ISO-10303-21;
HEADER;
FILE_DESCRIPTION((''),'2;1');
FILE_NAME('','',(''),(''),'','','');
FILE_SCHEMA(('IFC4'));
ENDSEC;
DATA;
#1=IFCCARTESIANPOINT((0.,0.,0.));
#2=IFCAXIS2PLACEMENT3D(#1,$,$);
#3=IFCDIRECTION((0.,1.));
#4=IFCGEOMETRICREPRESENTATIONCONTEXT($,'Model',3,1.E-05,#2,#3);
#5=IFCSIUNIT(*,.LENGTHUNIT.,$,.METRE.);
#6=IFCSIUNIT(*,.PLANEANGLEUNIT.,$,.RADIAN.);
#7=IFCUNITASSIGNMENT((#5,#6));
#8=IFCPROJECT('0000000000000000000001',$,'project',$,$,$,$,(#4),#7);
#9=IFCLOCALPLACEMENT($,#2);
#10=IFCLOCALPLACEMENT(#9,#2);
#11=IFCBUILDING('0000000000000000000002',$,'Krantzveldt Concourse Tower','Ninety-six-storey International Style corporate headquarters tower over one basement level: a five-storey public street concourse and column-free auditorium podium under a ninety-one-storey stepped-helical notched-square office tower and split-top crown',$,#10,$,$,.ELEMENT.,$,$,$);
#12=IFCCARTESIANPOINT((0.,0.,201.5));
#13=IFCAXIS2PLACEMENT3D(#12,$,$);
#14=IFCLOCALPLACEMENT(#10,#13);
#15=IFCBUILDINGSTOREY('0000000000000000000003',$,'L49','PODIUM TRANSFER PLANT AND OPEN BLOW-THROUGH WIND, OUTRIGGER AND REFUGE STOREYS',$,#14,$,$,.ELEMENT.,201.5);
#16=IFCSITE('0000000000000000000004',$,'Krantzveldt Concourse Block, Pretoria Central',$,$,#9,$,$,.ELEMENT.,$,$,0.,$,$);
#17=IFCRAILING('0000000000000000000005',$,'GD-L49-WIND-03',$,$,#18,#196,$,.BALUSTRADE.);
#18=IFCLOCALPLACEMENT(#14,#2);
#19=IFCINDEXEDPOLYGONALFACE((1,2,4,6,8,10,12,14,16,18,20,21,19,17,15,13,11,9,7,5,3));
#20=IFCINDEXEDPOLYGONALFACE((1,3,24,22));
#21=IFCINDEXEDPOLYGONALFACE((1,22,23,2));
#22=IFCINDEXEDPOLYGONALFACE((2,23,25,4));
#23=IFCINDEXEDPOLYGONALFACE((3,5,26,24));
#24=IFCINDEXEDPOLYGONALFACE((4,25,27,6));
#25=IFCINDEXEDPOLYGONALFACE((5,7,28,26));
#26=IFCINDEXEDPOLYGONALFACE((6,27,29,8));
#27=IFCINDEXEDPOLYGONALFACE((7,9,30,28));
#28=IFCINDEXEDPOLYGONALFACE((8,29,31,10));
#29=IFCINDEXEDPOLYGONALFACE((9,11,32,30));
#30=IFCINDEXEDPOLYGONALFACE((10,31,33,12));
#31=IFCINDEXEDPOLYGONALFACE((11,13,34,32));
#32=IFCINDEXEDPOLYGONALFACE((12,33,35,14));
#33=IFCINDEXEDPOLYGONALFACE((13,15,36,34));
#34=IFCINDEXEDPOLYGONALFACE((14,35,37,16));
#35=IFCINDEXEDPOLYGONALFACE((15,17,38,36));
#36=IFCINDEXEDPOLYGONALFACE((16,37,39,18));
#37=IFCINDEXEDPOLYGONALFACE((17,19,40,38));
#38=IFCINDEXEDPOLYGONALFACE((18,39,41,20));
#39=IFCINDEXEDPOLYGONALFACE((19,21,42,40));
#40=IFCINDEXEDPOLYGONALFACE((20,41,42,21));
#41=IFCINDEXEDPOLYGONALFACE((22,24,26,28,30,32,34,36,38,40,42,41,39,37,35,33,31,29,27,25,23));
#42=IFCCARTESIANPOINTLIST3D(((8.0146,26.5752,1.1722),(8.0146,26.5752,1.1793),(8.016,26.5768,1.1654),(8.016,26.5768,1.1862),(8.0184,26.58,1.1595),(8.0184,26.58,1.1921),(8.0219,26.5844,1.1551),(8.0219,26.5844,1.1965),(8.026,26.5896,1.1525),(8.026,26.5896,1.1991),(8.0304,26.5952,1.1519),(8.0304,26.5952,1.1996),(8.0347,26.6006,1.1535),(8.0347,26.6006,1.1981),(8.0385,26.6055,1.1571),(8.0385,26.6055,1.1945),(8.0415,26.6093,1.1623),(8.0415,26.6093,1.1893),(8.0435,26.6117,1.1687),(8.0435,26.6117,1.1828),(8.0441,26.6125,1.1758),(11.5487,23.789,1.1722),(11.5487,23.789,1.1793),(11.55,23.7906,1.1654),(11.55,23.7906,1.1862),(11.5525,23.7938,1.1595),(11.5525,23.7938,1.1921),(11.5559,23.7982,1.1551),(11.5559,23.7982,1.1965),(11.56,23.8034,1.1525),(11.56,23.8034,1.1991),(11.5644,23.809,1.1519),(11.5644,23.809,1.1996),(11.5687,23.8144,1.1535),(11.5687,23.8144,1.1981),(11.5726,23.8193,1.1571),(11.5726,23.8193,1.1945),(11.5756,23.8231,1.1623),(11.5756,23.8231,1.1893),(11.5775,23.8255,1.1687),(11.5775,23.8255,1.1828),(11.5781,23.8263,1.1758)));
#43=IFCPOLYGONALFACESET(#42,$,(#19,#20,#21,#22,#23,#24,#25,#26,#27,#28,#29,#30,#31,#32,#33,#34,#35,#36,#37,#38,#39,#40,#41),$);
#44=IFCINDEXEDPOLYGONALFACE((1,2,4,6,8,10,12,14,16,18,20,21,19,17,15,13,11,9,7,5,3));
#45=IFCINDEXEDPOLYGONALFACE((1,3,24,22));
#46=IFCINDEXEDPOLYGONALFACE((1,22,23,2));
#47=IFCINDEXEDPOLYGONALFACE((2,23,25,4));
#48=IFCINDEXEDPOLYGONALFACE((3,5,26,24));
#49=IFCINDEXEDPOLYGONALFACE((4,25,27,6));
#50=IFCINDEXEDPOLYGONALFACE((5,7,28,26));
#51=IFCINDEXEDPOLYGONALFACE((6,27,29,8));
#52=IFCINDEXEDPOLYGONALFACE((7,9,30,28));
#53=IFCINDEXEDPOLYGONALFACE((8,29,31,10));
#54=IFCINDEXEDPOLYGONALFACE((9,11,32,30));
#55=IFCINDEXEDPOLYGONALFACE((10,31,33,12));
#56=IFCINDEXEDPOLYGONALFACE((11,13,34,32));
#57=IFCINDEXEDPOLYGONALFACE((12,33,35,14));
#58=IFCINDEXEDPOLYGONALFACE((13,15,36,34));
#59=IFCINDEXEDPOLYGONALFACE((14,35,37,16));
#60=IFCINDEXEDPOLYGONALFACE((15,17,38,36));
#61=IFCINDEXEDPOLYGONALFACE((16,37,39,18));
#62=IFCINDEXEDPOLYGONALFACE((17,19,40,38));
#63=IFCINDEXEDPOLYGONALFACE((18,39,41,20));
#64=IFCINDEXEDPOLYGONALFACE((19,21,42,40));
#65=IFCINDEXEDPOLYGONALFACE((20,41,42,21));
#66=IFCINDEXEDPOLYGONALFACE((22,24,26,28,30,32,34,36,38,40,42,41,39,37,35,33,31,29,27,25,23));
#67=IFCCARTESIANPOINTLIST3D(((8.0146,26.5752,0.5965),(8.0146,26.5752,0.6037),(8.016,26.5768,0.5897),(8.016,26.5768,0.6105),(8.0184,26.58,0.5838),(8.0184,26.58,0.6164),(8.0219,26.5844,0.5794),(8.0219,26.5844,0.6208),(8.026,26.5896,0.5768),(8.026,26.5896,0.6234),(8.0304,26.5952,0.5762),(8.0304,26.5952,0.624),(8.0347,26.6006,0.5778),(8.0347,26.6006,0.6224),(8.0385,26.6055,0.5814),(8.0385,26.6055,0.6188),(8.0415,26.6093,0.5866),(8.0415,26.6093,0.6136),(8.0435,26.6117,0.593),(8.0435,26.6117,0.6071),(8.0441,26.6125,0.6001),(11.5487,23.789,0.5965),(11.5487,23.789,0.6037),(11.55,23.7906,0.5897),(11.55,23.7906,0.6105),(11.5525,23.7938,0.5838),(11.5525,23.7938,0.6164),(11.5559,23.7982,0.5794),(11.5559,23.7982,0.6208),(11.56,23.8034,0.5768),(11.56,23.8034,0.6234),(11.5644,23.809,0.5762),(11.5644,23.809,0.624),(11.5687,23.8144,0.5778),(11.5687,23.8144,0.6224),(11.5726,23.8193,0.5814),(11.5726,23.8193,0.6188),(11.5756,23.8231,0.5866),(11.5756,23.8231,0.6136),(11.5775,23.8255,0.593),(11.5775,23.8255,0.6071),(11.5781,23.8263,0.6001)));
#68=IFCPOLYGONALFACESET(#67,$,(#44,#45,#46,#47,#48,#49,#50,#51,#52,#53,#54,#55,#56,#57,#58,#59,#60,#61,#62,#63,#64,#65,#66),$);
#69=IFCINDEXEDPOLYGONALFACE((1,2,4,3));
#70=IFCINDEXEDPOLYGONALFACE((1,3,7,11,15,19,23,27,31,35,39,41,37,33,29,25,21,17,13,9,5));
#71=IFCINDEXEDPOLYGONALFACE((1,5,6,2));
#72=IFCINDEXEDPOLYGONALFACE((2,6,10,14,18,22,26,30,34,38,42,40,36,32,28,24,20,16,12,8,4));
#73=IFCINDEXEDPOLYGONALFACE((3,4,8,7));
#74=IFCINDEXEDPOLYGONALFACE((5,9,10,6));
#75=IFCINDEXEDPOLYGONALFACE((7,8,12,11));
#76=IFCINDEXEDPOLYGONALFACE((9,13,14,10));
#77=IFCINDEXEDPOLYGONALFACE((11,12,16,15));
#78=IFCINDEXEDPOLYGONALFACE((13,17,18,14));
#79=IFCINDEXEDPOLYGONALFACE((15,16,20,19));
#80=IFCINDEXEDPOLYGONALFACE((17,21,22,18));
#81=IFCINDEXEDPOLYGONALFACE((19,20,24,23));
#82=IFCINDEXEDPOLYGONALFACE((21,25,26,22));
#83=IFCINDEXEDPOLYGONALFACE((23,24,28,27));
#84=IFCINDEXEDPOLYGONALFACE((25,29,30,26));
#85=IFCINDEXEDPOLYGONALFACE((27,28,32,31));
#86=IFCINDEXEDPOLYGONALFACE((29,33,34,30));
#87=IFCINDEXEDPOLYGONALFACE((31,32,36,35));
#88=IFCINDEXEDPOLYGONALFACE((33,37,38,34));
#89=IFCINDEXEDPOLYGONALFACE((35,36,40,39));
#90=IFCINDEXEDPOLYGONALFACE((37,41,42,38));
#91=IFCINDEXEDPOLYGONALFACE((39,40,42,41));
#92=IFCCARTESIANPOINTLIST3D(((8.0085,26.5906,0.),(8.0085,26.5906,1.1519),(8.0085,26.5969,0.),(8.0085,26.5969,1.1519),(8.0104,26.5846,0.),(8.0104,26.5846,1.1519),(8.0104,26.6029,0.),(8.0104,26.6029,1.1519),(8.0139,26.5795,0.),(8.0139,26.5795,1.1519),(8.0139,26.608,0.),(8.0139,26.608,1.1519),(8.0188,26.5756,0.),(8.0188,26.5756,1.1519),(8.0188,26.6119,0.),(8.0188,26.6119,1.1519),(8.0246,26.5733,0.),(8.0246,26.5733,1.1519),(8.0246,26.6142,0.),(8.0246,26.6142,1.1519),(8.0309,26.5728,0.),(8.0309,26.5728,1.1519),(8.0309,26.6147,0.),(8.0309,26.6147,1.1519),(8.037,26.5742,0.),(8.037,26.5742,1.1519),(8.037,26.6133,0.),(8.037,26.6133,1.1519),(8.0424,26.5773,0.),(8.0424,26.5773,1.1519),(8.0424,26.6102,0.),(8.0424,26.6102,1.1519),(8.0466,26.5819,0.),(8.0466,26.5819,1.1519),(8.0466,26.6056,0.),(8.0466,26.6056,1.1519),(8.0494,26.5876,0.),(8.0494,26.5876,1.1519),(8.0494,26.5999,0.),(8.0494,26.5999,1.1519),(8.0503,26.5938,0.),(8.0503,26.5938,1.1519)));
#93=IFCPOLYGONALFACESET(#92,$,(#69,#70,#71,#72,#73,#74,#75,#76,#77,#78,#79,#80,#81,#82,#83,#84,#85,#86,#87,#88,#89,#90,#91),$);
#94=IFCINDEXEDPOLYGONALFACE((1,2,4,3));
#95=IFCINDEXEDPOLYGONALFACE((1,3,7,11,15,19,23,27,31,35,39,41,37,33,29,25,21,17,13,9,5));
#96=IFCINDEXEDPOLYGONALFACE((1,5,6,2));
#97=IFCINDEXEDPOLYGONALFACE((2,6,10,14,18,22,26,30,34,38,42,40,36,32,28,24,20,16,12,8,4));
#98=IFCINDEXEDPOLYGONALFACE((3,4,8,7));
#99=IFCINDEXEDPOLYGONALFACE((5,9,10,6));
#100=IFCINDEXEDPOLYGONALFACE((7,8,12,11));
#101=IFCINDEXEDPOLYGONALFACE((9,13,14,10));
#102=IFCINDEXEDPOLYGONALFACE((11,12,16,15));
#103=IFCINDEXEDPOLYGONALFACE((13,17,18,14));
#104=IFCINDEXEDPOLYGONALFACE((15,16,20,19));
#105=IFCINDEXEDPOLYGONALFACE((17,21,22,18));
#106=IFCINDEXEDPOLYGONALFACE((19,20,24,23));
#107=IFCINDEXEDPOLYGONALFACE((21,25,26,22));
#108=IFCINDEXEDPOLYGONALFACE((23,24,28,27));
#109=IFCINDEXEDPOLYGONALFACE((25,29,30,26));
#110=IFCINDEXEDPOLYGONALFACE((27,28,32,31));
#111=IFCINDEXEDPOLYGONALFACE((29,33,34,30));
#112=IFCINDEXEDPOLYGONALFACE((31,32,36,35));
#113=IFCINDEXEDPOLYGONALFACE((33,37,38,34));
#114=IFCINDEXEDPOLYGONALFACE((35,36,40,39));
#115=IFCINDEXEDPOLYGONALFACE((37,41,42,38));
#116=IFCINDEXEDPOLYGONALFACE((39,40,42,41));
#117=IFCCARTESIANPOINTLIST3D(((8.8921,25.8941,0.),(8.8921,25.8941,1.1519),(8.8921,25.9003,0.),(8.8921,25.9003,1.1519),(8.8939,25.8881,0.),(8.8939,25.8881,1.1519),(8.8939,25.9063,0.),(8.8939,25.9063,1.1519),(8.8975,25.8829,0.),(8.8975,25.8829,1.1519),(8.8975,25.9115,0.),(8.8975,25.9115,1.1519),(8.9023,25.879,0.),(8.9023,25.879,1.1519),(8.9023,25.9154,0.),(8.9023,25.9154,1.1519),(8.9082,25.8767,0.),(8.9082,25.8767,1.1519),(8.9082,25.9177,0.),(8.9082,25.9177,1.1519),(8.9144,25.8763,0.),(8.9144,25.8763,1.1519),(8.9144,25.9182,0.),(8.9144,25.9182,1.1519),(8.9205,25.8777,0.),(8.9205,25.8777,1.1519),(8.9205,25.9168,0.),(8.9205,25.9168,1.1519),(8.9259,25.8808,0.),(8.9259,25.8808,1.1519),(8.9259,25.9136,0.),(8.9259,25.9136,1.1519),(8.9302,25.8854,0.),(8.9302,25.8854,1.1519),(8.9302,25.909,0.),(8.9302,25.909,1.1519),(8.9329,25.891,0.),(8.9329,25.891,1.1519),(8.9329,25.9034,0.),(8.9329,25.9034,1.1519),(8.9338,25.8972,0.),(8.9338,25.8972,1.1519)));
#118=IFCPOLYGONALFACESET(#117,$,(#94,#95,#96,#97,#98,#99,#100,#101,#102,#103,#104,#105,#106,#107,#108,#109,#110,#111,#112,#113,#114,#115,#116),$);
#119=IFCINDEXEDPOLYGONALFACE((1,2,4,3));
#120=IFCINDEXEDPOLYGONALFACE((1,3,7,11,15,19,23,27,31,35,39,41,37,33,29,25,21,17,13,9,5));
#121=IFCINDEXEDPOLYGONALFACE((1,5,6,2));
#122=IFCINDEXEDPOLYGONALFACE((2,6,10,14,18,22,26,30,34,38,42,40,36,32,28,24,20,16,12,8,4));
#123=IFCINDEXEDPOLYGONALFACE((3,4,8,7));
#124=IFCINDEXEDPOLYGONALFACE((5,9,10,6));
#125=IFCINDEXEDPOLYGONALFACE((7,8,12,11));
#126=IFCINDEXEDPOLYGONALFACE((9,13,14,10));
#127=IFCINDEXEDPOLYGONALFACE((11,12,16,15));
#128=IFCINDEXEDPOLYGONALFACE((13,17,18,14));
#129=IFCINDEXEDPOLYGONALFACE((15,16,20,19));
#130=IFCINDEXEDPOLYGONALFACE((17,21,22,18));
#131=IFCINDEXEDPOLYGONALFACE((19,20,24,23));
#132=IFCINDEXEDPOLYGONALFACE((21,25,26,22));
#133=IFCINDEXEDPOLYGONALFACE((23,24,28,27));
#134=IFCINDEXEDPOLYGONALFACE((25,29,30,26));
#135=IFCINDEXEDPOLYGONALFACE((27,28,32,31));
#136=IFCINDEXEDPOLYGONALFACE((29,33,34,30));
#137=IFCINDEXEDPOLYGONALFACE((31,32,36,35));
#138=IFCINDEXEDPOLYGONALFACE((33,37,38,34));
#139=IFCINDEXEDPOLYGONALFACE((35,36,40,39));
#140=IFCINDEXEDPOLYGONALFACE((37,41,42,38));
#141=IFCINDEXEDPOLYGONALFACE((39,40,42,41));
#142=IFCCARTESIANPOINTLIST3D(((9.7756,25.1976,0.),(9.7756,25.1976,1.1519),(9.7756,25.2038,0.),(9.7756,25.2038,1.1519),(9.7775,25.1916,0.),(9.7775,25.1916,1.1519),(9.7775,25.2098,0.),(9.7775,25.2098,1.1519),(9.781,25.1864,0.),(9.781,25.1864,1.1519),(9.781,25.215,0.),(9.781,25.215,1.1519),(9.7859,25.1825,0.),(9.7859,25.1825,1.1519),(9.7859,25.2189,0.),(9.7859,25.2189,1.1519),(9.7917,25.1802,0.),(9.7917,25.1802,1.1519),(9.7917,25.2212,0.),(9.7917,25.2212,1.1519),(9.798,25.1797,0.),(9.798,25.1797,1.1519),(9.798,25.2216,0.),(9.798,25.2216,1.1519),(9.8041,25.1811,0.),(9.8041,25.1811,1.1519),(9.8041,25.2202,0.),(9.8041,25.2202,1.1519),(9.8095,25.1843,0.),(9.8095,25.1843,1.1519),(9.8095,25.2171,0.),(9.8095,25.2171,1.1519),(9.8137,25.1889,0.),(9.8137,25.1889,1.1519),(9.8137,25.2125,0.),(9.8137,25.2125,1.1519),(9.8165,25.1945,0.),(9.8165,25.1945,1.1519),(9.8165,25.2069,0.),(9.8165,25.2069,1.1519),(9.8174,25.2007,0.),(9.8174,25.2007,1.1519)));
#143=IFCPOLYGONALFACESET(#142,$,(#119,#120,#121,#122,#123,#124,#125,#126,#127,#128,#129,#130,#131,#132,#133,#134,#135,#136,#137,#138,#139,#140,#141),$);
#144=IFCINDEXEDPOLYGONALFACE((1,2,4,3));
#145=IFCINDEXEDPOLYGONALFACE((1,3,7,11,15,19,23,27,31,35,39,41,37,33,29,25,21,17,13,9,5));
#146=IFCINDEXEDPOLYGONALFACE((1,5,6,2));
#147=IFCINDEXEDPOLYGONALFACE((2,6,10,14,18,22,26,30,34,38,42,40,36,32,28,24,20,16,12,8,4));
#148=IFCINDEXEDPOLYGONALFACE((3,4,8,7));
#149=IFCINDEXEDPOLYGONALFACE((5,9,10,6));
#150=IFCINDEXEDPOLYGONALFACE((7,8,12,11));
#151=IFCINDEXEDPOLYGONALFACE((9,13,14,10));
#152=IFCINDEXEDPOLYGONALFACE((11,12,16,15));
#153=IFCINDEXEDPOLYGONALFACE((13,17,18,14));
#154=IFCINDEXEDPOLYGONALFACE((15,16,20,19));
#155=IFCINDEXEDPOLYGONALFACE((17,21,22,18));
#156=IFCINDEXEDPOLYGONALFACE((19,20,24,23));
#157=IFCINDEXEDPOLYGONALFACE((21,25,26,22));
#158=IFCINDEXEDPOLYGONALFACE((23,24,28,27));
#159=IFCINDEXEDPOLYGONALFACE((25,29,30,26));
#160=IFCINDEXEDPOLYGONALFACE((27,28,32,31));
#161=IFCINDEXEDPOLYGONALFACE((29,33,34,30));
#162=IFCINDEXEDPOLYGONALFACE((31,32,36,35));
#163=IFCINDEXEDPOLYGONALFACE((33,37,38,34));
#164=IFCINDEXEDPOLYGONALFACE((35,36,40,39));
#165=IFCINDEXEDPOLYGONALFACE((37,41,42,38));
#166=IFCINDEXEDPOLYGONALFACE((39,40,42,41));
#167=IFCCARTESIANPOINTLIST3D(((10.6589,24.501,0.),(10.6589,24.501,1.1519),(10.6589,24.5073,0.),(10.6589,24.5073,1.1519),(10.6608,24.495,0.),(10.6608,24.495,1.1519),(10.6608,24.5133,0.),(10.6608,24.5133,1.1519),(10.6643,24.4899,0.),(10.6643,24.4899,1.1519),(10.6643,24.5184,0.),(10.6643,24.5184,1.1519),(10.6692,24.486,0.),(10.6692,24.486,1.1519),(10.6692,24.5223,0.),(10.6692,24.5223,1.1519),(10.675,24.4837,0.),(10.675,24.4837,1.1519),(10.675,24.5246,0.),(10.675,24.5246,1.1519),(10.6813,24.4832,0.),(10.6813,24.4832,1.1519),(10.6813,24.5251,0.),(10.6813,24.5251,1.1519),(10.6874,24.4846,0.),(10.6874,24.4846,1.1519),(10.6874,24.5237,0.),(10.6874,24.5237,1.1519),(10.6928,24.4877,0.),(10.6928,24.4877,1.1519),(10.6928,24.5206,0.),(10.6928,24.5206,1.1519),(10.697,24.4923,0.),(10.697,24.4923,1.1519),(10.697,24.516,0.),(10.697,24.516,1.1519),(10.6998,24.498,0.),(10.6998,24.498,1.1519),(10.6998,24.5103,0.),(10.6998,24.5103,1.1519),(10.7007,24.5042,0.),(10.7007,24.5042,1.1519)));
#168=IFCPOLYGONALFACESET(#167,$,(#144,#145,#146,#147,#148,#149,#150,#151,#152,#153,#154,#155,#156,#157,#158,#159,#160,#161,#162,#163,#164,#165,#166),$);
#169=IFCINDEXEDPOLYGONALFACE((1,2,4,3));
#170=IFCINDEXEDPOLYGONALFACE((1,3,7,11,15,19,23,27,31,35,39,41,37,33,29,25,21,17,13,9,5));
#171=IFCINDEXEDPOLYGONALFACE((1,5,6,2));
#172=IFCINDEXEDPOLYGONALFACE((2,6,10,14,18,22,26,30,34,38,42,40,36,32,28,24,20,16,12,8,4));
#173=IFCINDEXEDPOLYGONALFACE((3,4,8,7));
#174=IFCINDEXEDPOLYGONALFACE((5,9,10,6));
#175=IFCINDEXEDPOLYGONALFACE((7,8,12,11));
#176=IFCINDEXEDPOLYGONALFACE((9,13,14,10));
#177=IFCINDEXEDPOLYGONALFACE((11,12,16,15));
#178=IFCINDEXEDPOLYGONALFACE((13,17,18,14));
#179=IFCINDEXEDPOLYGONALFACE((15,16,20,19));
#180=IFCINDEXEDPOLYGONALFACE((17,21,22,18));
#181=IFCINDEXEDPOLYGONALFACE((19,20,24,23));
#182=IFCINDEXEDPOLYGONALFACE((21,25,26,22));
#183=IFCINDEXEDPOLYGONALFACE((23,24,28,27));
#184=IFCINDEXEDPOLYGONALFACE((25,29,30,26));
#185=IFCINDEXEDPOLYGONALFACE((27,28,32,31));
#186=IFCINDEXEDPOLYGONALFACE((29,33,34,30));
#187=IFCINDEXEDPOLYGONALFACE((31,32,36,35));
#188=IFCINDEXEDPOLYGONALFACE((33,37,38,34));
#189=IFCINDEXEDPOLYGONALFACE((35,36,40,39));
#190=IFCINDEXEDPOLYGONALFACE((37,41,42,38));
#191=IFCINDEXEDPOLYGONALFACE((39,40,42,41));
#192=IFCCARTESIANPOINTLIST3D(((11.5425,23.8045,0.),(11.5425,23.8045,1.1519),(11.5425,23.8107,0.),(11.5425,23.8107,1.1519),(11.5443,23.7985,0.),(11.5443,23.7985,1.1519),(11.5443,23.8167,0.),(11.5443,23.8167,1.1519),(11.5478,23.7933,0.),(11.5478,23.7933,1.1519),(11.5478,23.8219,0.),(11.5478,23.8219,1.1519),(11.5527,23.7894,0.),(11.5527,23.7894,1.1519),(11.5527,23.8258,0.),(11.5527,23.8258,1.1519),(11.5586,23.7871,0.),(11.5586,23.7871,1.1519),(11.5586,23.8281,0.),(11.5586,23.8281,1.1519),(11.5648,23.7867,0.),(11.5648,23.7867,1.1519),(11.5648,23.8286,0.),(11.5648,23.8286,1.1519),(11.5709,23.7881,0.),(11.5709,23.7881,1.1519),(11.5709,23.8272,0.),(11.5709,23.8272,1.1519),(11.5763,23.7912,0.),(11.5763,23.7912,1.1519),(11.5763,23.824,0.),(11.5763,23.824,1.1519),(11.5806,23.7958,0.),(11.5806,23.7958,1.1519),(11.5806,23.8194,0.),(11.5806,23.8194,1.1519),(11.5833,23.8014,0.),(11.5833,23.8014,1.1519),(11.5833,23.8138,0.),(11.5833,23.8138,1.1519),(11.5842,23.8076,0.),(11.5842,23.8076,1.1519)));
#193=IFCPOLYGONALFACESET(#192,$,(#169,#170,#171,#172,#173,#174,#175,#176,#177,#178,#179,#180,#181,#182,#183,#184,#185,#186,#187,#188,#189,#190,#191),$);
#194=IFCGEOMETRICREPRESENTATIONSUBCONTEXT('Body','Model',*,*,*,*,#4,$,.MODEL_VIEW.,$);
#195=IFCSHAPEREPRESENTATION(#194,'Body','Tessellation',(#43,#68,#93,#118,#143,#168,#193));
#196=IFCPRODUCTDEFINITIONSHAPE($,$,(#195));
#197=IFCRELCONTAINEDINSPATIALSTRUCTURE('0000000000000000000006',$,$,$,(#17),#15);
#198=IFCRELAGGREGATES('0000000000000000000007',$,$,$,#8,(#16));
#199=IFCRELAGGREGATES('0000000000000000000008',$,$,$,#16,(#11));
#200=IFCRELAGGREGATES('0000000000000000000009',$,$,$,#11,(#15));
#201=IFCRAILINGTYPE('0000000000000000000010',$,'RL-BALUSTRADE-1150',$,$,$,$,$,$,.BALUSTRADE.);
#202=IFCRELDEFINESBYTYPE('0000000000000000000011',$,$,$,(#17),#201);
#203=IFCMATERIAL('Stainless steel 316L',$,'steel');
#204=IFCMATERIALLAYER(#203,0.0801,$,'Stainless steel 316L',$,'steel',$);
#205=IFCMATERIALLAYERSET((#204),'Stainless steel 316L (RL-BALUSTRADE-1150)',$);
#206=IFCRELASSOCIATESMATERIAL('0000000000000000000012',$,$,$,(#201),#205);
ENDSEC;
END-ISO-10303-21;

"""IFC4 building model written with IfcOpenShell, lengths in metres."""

from ifc_helpers import new_model, si_unit, direction, frame, origin, origin_2d, place, context, subcontext, project, spatial, circle, extrude, material, layer, layer_set, type_object, element, save


model = new_model("IFC4")

# Units and contexts
model_context = context("Model", 3, precision=1e-05, world=origin(), true_north=direction((0.0, 1.0)))
body_context = subcontext(model_context, "Body", "Model", "MODEL_VIEW")
ifc_project = project(units=[si_unit("LENGTHUNIT", "METRE"), si_unit("PLANEANGLEUNIT", "RADIAN")], contexts=[model_context])

# Site, building, storey
site_placement = place(None, origin())
site = spatial("IfcSite", under=ifc_project, at=site_placement, Name="Krantzveldt Concourse Block, Pretoria Central", CompositionType="ELEMENT", RefElevation=0.0)
building_placement = place(site_placement, origin())
building = spatial("IfcBuilding", under=site, at=building_placement, Name="Krantzveldt Concourse Tower", Description="Ninety-six-storey International Style corporate headquarters tower over one basement level: a five-storey public street concourse and column-free auditorium podium under a ninety-one-storey stepped-helical notched-square office tower and split-top crown", CompositionType="ELEMENT")
storey_placement = place(building_placement, frame((0.0, 0.0, 201.5)))
storey = spatial("IfcBuildingStorey", under=building, at=storey_placement, Name="L49", Description="PODIUM TRANSFER PLANT AND OPEN BLOW-THROUGH WIND, OUTRIGGER AND REFUGE STOREYS", CompositionType="ELEMENT", Elevation=201.5)

# Railing
ifc_material_1 = material(Name="Stainless steel 316L", Category="steel")
ifc_layer_1 = layer(ifc_material_1, 0.0801, Name="Stainless steel 316L", Category="steel")
ifc_layer_set_1 = layer_set([ifc_layer_1], Name="Stainless steel 316L (RL-BALUSTRADE-1150)")
railing_type = type_object("IfcRailingType", Name="RL-BALUSTRADE-1150", PredefinedType="BALUSTRADE", material=ifc_layer_set_1)
railing_1_placement = place(storey_placement, frame((8.0293, 26.5938, 0.0)))
element("IfcRailing", 1, at=railing_1_placement, inside=storey, type_object=railing_type, Name="GD-L49-WIND-03", PredefinedType="BALUSTRADE", context=body_context, shape_type="SweptSolid", body=[
    extrude(circle(Radius=0.0239, at=origin_2d()), frame((0.0, 0.0, 1.1758), z_axis=(0.785295, -0.619122, 0.0), x_axis=(0.619122, 0.785295, 0.0)), (0.0, 0.0, 1.0), 4.5002),
    extrude(circle(Radius=0.0239, at=origin_2d()), frame((0.0, 0.0, 0.6001), z_axis=(0.785295, -0.619122, 0.0), x_axis=(0.619122, 0.785295, 0.0)), (0.0, 0.0, 1.0), 4.5002),
    extrude(circle(Radius=0.021, at=origin_2d()), origin(), (0.0, 0.0, 1.0), 1.1519),
    extrude(circle(Radius=0.021, at=origin_2d()), frame((0.8835, -0.6965, 0.0)), (0.0, 0.0, 1.0), 1.1519),
    extrude(circle(Radius=0.021, at=origin_2d()), frame((1.7671, -1.3931, 0.0)), (0.0, 0.0, 1.0), 1.1519),
    extrude(circle(Radius=0.021, at=origin_2d()), frame((2.6504, -2.0896, 0.0)), (0.0, 0.0, 1.0), 1.1519),
    extrude(circle(Radius=0.021, at=origin_2d()), frame((3.5339, -2.7861, 0.0)), (0.0, 0.0, 1.0), 1.1519),
])

save(model, "model.ifc")
